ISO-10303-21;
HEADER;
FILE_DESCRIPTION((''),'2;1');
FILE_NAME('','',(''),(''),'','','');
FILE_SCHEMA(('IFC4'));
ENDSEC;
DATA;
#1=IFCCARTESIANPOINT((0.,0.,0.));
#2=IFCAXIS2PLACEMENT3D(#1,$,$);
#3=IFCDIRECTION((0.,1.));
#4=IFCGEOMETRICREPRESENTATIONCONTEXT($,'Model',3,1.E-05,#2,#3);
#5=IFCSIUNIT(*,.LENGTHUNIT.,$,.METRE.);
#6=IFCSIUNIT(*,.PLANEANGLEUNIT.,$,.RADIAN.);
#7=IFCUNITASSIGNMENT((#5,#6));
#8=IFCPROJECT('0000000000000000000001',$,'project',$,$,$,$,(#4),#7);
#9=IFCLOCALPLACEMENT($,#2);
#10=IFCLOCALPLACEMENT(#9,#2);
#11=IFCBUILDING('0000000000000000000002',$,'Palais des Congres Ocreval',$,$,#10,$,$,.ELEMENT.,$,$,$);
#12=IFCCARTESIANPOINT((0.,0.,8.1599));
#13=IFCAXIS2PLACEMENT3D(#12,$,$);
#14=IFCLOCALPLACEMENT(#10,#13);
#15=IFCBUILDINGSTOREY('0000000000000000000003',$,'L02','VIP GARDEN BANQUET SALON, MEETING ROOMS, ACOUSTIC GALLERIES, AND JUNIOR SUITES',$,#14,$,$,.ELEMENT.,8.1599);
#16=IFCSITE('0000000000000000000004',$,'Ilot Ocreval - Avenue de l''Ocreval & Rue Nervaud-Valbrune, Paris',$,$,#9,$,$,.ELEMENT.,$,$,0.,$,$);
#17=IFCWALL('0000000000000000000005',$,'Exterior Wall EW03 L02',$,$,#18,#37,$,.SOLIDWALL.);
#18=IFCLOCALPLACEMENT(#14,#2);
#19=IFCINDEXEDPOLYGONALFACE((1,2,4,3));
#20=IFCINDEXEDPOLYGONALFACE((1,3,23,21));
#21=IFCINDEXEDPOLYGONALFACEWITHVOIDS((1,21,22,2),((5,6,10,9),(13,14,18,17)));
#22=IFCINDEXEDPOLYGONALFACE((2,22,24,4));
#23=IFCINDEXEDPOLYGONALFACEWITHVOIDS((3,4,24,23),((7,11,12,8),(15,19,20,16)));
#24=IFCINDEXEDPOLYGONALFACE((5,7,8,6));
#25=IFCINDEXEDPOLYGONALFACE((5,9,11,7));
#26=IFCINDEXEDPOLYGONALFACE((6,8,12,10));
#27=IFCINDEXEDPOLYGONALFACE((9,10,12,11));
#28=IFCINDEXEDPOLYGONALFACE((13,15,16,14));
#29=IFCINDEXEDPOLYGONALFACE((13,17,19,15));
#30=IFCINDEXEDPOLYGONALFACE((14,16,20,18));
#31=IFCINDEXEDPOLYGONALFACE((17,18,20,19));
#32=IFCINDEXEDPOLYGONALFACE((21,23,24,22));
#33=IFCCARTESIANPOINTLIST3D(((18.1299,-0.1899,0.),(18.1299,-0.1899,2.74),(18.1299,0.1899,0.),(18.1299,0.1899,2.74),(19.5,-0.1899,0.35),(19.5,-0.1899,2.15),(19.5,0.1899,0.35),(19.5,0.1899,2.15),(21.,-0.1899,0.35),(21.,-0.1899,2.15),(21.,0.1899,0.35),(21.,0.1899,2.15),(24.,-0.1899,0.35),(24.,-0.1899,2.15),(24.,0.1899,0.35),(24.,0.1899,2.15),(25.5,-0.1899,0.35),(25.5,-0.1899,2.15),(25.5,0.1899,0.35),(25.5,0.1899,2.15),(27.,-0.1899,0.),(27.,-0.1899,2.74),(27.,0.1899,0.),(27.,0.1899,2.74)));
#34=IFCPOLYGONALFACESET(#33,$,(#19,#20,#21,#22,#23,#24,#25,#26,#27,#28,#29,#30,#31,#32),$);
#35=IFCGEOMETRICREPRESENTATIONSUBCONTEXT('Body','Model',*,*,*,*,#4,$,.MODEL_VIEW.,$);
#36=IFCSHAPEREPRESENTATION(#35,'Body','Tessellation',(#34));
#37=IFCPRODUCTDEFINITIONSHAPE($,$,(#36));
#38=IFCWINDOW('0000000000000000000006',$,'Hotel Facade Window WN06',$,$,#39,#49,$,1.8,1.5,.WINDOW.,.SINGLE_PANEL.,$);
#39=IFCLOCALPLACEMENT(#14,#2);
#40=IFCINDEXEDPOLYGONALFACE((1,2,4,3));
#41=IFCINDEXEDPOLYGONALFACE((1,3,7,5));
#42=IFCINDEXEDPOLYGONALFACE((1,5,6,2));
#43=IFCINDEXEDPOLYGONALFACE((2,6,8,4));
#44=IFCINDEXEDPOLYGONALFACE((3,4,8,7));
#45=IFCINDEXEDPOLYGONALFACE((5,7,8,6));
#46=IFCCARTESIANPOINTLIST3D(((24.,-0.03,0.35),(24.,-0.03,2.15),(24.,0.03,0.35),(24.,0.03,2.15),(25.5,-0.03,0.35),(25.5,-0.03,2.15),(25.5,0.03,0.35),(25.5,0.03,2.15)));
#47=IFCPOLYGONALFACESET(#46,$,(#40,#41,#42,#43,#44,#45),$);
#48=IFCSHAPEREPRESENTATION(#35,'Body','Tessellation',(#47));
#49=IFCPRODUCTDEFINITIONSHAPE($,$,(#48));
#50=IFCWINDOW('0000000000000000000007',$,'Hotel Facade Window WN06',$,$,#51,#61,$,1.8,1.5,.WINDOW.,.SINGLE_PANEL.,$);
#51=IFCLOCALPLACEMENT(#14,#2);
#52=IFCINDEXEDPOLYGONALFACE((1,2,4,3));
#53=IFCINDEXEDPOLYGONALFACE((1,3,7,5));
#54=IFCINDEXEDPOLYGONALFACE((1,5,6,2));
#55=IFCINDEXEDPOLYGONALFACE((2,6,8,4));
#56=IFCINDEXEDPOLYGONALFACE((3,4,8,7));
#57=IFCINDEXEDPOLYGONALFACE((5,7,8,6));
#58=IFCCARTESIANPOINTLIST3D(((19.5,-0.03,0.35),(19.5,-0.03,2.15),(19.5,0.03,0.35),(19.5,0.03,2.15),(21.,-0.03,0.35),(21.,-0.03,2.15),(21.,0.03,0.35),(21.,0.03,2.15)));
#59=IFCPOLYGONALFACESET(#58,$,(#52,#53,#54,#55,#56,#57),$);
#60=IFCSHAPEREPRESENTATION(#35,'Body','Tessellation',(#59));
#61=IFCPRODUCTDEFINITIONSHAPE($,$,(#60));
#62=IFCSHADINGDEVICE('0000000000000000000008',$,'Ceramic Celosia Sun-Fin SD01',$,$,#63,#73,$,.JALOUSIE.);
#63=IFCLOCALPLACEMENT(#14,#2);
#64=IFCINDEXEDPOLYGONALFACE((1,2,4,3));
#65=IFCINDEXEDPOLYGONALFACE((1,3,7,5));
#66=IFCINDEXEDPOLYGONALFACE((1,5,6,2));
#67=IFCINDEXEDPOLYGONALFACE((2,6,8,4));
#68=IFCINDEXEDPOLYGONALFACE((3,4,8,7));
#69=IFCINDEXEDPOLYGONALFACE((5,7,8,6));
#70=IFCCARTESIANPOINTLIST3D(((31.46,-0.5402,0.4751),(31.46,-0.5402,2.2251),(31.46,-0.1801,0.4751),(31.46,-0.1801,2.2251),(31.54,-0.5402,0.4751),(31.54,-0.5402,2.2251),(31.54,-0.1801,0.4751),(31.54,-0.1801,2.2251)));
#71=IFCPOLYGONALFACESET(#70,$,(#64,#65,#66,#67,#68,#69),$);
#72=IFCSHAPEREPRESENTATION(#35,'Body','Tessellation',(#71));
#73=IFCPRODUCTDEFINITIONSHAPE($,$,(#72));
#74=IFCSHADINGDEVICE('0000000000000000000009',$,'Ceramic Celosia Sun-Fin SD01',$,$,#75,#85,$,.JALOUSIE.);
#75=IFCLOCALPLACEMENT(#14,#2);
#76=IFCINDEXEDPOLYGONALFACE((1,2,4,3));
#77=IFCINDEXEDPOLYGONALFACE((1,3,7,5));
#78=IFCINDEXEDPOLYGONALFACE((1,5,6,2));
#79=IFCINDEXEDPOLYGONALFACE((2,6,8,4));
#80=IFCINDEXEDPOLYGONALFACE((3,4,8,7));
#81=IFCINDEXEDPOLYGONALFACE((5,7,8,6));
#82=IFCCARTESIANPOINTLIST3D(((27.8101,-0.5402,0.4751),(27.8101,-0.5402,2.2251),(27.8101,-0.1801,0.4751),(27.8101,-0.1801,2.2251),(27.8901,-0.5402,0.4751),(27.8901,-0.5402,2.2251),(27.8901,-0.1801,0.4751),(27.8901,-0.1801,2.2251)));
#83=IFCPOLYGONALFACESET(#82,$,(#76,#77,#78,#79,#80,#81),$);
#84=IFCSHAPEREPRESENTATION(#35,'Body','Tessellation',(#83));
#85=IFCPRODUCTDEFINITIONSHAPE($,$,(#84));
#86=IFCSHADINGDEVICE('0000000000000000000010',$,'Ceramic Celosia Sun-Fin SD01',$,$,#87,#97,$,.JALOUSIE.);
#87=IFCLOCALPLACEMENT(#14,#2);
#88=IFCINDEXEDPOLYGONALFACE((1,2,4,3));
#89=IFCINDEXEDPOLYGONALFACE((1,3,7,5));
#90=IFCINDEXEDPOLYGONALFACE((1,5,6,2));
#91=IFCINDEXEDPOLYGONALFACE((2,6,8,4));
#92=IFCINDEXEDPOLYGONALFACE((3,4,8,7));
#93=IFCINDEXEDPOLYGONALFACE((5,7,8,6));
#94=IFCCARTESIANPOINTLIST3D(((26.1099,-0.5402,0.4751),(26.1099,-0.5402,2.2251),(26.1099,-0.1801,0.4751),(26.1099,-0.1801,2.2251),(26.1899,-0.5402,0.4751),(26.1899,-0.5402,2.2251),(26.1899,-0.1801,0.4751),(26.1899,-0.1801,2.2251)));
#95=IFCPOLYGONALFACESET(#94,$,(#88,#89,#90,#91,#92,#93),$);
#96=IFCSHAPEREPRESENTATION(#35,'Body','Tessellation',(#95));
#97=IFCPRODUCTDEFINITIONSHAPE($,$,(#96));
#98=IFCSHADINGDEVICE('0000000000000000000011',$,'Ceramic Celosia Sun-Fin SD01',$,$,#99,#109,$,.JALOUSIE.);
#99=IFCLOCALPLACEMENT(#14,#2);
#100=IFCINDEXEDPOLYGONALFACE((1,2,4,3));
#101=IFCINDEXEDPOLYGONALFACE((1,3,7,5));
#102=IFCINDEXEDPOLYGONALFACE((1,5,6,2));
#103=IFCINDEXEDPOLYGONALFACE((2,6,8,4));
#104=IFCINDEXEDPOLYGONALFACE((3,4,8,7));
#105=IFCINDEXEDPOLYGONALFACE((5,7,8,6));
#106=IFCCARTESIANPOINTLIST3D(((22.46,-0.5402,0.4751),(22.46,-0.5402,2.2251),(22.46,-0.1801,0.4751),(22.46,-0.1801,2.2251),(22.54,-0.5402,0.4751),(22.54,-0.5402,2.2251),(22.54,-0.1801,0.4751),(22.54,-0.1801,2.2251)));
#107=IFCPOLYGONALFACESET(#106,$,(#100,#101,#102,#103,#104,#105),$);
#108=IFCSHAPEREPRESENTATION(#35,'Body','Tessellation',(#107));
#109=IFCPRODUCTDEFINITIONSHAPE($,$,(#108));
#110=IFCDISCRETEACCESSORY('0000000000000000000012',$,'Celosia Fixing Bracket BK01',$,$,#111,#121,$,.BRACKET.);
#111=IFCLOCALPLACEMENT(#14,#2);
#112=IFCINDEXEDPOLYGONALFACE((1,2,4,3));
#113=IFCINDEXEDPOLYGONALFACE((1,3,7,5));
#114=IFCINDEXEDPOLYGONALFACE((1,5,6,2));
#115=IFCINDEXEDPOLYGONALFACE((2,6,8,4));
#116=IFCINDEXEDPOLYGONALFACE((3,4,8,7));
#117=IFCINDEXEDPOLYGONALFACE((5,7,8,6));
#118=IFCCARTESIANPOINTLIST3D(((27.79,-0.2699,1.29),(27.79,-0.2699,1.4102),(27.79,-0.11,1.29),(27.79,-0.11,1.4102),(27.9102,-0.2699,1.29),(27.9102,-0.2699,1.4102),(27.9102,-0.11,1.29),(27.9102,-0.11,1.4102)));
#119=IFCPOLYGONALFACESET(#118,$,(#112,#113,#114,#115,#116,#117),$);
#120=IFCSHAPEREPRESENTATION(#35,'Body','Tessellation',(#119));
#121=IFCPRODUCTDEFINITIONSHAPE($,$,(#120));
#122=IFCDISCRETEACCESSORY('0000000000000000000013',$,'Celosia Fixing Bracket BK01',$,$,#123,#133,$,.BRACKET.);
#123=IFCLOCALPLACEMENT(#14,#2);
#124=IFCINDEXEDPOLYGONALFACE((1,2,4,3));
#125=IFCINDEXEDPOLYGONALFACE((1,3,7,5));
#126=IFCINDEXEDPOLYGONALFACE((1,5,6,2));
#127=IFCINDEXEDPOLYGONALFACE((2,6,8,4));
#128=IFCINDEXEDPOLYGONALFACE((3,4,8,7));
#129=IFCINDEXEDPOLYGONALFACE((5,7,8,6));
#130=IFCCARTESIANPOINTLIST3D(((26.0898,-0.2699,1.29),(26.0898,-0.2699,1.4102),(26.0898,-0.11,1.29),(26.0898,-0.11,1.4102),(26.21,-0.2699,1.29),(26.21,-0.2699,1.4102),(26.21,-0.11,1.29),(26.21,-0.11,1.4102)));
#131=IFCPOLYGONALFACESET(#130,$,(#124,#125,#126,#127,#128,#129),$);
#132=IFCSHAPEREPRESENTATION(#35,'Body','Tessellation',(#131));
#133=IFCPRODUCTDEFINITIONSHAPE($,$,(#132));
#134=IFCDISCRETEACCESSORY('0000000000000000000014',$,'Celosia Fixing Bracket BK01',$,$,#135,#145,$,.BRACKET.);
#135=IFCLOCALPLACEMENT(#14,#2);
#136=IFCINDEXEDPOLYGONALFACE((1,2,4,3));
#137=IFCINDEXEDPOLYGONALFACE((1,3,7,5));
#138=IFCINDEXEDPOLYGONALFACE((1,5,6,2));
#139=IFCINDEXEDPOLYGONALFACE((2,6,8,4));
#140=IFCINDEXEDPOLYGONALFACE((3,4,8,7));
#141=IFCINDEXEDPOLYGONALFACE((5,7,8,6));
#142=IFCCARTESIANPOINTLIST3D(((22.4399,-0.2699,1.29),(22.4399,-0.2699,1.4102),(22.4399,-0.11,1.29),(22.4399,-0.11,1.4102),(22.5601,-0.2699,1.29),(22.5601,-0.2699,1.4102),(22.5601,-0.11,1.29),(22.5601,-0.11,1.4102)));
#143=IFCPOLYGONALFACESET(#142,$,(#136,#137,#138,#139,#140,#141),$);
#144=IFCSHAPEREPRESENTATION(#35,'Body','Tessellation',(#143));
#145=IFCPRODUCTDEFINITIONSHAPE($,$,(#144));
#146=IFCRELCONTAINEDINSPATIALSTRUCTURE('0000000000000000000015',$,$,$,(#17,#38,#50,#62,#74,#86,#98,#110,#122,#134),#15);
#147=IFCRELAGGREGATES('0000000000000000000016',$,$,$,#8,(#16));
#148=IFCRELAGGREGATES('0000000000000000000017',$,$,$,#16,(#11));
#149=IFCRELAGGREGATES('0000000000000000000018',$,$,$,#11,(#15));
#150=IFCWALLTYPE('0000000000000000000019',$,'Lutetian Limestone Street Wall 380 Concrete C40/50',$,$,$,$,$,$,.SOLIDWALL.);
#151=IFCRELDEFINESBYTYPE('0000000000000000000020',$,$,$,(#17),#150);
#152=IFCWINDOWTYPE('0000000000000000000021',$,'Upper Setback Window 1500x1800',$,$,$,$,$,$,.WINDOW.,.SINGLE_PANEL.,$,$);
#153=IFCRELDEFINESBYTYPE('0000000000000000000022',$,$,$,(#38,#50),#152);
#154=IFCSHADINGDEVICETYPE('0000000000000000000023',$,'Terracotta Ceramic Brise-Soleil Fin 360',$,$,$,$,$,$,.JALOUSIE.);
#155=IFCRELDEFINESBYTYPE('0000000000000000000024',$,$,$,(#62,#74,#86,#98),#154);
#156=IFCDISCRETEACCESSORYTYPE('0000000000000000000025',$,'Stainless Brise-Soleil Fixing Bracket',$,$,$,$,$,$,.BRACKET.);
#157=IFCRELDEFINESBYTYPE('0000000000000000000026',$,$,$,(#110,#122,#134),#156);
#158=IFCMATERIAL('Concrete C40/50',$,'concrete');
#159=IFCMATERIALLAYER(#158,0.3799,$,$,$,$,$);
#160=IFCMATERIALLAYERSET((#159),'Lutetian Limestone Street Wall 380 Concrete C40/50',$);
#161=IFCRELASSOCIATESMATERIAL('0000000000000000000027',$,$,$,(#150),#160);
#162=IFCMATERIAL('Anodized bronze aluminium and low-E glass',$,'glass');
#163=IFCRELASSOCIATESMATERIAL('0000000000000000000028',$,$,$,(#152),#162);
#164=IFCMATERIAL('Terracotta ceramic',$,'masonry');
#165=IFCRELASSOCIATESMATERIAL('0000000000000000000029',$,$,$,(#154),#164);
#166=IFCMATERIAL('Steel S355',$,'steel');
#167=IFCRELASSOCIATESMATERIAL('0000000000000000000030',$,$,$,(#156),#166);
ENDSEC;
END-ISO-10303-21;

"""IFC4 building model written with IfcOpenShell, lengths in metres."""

from ifc_helpers import new_model, si_unit, direction, frame, frame_2d, origin, origin_2d, place, context, subcontext, project, spatial, rectangle, extrude, material, layer, layer_set, type_object, element, fill, save


model = new_model("IFC4")

# Units and contexts
model_context = context("Model", 3, precision=1e-05, world=origin(), true_north=direction((0.0, 1.0)))
body_context = subcontext(model_context, "Body", "Model", "MODEL_VIEW")
ifc_project = project(units=[si_unit("LENGTHUNIT", "METRE"), si_unit("PLANEANGLEUNIT", "RADIAN")], contexts=[model_context])

# Site, building, storey
site_placement = place(None, origin())
site = spatial("IfcSite", under=ifc_project, at=site_placement, Name="Ilot Ocreval - Avenue de l'Ocreval & Rue Nervaud-Valbrune, Paris", CompositionType="ELEMENT", RefElevation=0.0)
building_placement = place(site_placement, origin())
building = spatial("IfcBuilding", under=site, at=building_placement, Name="Palais des Congres Ocreval", CompositionType="ELEMENT")
storey_placement = place(building_placement, frame((0.0, 0.0, 8.1599)))
storey = spatial("IfcBuildingStorey", under=building, at=storey_placement, Name="L02", Description="VIP GARDEN BANQUET SALON, MEETING ROOMS, ACOUSTIC GALLERIES, AND JUNIOR SUITES", CompositionType="ELEMENT", Elevation=8.1599)

# Shared definitions
ifc_material_1 = material(Name="Steel S355", Category="steel")
ifc_material_2 = material(Name="Concrete C40/50", Category="concrete")

# Wall, openings, windows
ifc_layer_1 = layer(ifc_material_2, 0.3799)
ifc_layer_set_1 = layer_set([ifc_layer_1], Name="Lutetian Limestone Street Wall 380 Concrete C40/50")
wall_type_1 = type_object("IfcWallType", Name="Lutetian Limestone Street Wall 380 Concrete C40/50", PredefinedType="SOLIDWALL", material=ifc_layer_set_1)
wall_1_placement = place(storey_placement, frame((27.0, 0.0, 0.0), z_axis=(0.0, 0.0, 1.0), x_axis=(-1.0, 0.0, 0.0)))
wall_1 = element("IfcWall", 1, at=wall_1_placement, inside=storey, type_object=wall_type_1, Name="Exterior Wall EW03 L02", PredefinedType="SOLIDWALL", context=body_context, shape_type="SweptSolid", body=[
    extrude(rectangle(XDim=8.8701, YDim=0.3799, at=frame_2d((4.4351, 0.0))), origin(), (0.0, 0.0, 1.0), 2.74),
])
opening_1_placement = place(wall_1_placement, frame((1.5, 0.0, 0.3501)))
opening_1 = element("IfcOpeningElement", 2, at=opening_1_placement, cuts=wall_1, PredefinedType="OPENING", context=body_context, shape_type="SweptSolid", body=[
    extrude(rectangle(XDim=1.5, YDim=1.8, at=frame_2d((0.75, 0.8999))), frame((0.0, 0.2, 0.0), z_axis=(0.0, -1.0, 0.0), x_axis=(1.0, 0.0, 0.0)), (0.0, 0.0, 1.0), 0.3999),
])
opening_2_placement = place(wall_1_placement, frame((6.0, 0.0, 0.3501)))
opening_2 = element("IfcOpeningElement", 3, at=opening_2_placement, cuts=wall_1, PredefinedType="OPENING", context=body_context, shape_type="SweptSolid", body=[
    extrude(rectangle(XDim=1.5, YDim=1.8, at=frame_2d((0.75, 0.8999))), frame((0.0, 0.2, 0.0), z_axis=(0.0, -1.0, 0.0), x_axis=(1.0, 0.0, 0.0)), (0.0, 0.0, 1.0), 0.3999),
])
ifc_material_3 = material(Name="Anodized bronze aluminium and low-E glass", Category="glass")
window_type = type_object("IfcWindowType", Name="Upper Setback Window 1500x1800", PartitioningType="SINGLE_PANEL", PredefinedType="WINDOW", material=ifc_material_3)
window_1_placement = place(opening_1_placement, origin())
window_1 = element("IfcWindow", 4, at=window_1_placement, inside=storey, type_object=window_type, Name="Hotel Facade Window WN06", OverallHeight=1.8, OverallWidth=1.5, PartitioningType="SINGLE_PANEL", PredefinedType="WINDOW", context=body_context, shape_type="SweptSolid", body=[
    extrude(rectangle(XDim=1.5, YDim=1.8, at=frame_2d((0.75, 0.8999))), frame((0.0, 0.03, 0.0), z_axis=(0.0, -1.0, 0.0), x_axis=(1.0, 0.0, 0.0)), (0.0, 0.0, 1.0), 0.0601),
])
fill(opening_1, window_1)
window_2_placement = place(opening_2_placement, origin())
window_2 = element("IfcWindow", 5, at=window_2_placement, inside=storey, type_object=window_type, Name="Hotel Facade Window WN06", OverallHeight=1.8, OverallWidth=1.5, PartitioningType="SINGLE_PANEL", PredefinedType="WINDOW", context=body_context, shape_type="SweptSolid", body=[
    extrude(rectangle(XDim=1.5, YDim=1.8, at=frame_2d((0.75, 0.8999))), frame((0.0, 0.03, 0.0), z_axis=(0.0, -1.0, 0.0), x_axis=(1.0, 0.0, 0.0)), (0.0, 0.0, 1.0), 0.0601),
])
fill(opening_2, window_2)

# Shading devices
ifc_material_4 = material(Name="Terracotta ceramic", Category="masonry")
shading_device_type = type_object("IfcShadingDeviceType", Name="Terracotta Ceramic Brise-Soleil Fin 360", PredefinedType="JALOUSIE", material=ifc_material_4)
for number, where, z_axis, x_axis, name in (
    (6, (31.5, -0.3601, 0.4751), (0.0, 0.0, 1.0), (0.0, -1.0, 0.0), "Ceramic Celosia Sun-Fin SD01"),
    (7, (27.8501, -0.3601, 0.4751), (0.0, 0.0, 1.0), (0.0, -1.0, 0.0), "Ceramic Celosia Sun-Fin SD01"),
    (8, (26.1499, -0.3601, 0.4751), (0.0, 0.0, 1.0), (0.0, -1.0, 0.0), "Ceramic Celosia Sun-Fin SD01"),
    (9, (22.5, -0.3601, 0.4751), (0.0, 0.0, 1.0), (0.0, -1.0, 0.0), "Ceramic Celosia Sun-Fin SD01"),
):
    element("IfcShadingDevice", number, at=place(storey_placement, frame(where, z_axis=z_axis, x_axis=x_axis)), inside=storey, type_object=shading_device_type, Name=name, PredefinedType="JALOUSIE", context=body_context, shape_type="SweptSolid", body=[
        extrude(rectangle(XDim=0.3601, YDim=0.0801, at=origin_2d()), origin(), (0.0, 0.0, 1.0), 1.75),
    ])

# Discrete accessories
discrete_accessory_type = type_object("IfcDiscreteAccessoryType", Name="Stainless Brise-Soleil Fixing Bracket", PredefinedType="BRACKET", material=ifc_material_1)
for number, where, z_axis, x_axis, name in (
    (10, (27.8501, -0.1899, 1.29), (0.0, 0.0, 1.0), (0.0, -1.0, 0.0), "Celosia Fixing Bracket BK01"),
    (11, (26.1499, -0.1899, 1.29), (0.0, 0.0, 1.0), (0.0, -1.0, 0.0), "Celosia Fixing Bracket BK01"),
    (12, (22.5, -0.1899, 1.29), (0.0, 0.0, 1.0), (0.0, -1.0, 0.0), "Celosia Fixing Bracket BK01"),
):
    element("IfcDiscreteAccessory", number, at=place(storey_placement, frame(where, z_axis=z_axis, x_axis=x_axis)), inside=storey, type_object=discrete_accessory_type, Name=name, PredefinedType="BRACKET", context=body_context, shape_type="SweptSolid", body=[
        extrude(rectangle(XDim=0.1599, YDim=0.1201, at=origin_2d()), origin(), (0.0, 0.0, 1.0), 0.1201),
    ])

save(model, "model.ifc")
